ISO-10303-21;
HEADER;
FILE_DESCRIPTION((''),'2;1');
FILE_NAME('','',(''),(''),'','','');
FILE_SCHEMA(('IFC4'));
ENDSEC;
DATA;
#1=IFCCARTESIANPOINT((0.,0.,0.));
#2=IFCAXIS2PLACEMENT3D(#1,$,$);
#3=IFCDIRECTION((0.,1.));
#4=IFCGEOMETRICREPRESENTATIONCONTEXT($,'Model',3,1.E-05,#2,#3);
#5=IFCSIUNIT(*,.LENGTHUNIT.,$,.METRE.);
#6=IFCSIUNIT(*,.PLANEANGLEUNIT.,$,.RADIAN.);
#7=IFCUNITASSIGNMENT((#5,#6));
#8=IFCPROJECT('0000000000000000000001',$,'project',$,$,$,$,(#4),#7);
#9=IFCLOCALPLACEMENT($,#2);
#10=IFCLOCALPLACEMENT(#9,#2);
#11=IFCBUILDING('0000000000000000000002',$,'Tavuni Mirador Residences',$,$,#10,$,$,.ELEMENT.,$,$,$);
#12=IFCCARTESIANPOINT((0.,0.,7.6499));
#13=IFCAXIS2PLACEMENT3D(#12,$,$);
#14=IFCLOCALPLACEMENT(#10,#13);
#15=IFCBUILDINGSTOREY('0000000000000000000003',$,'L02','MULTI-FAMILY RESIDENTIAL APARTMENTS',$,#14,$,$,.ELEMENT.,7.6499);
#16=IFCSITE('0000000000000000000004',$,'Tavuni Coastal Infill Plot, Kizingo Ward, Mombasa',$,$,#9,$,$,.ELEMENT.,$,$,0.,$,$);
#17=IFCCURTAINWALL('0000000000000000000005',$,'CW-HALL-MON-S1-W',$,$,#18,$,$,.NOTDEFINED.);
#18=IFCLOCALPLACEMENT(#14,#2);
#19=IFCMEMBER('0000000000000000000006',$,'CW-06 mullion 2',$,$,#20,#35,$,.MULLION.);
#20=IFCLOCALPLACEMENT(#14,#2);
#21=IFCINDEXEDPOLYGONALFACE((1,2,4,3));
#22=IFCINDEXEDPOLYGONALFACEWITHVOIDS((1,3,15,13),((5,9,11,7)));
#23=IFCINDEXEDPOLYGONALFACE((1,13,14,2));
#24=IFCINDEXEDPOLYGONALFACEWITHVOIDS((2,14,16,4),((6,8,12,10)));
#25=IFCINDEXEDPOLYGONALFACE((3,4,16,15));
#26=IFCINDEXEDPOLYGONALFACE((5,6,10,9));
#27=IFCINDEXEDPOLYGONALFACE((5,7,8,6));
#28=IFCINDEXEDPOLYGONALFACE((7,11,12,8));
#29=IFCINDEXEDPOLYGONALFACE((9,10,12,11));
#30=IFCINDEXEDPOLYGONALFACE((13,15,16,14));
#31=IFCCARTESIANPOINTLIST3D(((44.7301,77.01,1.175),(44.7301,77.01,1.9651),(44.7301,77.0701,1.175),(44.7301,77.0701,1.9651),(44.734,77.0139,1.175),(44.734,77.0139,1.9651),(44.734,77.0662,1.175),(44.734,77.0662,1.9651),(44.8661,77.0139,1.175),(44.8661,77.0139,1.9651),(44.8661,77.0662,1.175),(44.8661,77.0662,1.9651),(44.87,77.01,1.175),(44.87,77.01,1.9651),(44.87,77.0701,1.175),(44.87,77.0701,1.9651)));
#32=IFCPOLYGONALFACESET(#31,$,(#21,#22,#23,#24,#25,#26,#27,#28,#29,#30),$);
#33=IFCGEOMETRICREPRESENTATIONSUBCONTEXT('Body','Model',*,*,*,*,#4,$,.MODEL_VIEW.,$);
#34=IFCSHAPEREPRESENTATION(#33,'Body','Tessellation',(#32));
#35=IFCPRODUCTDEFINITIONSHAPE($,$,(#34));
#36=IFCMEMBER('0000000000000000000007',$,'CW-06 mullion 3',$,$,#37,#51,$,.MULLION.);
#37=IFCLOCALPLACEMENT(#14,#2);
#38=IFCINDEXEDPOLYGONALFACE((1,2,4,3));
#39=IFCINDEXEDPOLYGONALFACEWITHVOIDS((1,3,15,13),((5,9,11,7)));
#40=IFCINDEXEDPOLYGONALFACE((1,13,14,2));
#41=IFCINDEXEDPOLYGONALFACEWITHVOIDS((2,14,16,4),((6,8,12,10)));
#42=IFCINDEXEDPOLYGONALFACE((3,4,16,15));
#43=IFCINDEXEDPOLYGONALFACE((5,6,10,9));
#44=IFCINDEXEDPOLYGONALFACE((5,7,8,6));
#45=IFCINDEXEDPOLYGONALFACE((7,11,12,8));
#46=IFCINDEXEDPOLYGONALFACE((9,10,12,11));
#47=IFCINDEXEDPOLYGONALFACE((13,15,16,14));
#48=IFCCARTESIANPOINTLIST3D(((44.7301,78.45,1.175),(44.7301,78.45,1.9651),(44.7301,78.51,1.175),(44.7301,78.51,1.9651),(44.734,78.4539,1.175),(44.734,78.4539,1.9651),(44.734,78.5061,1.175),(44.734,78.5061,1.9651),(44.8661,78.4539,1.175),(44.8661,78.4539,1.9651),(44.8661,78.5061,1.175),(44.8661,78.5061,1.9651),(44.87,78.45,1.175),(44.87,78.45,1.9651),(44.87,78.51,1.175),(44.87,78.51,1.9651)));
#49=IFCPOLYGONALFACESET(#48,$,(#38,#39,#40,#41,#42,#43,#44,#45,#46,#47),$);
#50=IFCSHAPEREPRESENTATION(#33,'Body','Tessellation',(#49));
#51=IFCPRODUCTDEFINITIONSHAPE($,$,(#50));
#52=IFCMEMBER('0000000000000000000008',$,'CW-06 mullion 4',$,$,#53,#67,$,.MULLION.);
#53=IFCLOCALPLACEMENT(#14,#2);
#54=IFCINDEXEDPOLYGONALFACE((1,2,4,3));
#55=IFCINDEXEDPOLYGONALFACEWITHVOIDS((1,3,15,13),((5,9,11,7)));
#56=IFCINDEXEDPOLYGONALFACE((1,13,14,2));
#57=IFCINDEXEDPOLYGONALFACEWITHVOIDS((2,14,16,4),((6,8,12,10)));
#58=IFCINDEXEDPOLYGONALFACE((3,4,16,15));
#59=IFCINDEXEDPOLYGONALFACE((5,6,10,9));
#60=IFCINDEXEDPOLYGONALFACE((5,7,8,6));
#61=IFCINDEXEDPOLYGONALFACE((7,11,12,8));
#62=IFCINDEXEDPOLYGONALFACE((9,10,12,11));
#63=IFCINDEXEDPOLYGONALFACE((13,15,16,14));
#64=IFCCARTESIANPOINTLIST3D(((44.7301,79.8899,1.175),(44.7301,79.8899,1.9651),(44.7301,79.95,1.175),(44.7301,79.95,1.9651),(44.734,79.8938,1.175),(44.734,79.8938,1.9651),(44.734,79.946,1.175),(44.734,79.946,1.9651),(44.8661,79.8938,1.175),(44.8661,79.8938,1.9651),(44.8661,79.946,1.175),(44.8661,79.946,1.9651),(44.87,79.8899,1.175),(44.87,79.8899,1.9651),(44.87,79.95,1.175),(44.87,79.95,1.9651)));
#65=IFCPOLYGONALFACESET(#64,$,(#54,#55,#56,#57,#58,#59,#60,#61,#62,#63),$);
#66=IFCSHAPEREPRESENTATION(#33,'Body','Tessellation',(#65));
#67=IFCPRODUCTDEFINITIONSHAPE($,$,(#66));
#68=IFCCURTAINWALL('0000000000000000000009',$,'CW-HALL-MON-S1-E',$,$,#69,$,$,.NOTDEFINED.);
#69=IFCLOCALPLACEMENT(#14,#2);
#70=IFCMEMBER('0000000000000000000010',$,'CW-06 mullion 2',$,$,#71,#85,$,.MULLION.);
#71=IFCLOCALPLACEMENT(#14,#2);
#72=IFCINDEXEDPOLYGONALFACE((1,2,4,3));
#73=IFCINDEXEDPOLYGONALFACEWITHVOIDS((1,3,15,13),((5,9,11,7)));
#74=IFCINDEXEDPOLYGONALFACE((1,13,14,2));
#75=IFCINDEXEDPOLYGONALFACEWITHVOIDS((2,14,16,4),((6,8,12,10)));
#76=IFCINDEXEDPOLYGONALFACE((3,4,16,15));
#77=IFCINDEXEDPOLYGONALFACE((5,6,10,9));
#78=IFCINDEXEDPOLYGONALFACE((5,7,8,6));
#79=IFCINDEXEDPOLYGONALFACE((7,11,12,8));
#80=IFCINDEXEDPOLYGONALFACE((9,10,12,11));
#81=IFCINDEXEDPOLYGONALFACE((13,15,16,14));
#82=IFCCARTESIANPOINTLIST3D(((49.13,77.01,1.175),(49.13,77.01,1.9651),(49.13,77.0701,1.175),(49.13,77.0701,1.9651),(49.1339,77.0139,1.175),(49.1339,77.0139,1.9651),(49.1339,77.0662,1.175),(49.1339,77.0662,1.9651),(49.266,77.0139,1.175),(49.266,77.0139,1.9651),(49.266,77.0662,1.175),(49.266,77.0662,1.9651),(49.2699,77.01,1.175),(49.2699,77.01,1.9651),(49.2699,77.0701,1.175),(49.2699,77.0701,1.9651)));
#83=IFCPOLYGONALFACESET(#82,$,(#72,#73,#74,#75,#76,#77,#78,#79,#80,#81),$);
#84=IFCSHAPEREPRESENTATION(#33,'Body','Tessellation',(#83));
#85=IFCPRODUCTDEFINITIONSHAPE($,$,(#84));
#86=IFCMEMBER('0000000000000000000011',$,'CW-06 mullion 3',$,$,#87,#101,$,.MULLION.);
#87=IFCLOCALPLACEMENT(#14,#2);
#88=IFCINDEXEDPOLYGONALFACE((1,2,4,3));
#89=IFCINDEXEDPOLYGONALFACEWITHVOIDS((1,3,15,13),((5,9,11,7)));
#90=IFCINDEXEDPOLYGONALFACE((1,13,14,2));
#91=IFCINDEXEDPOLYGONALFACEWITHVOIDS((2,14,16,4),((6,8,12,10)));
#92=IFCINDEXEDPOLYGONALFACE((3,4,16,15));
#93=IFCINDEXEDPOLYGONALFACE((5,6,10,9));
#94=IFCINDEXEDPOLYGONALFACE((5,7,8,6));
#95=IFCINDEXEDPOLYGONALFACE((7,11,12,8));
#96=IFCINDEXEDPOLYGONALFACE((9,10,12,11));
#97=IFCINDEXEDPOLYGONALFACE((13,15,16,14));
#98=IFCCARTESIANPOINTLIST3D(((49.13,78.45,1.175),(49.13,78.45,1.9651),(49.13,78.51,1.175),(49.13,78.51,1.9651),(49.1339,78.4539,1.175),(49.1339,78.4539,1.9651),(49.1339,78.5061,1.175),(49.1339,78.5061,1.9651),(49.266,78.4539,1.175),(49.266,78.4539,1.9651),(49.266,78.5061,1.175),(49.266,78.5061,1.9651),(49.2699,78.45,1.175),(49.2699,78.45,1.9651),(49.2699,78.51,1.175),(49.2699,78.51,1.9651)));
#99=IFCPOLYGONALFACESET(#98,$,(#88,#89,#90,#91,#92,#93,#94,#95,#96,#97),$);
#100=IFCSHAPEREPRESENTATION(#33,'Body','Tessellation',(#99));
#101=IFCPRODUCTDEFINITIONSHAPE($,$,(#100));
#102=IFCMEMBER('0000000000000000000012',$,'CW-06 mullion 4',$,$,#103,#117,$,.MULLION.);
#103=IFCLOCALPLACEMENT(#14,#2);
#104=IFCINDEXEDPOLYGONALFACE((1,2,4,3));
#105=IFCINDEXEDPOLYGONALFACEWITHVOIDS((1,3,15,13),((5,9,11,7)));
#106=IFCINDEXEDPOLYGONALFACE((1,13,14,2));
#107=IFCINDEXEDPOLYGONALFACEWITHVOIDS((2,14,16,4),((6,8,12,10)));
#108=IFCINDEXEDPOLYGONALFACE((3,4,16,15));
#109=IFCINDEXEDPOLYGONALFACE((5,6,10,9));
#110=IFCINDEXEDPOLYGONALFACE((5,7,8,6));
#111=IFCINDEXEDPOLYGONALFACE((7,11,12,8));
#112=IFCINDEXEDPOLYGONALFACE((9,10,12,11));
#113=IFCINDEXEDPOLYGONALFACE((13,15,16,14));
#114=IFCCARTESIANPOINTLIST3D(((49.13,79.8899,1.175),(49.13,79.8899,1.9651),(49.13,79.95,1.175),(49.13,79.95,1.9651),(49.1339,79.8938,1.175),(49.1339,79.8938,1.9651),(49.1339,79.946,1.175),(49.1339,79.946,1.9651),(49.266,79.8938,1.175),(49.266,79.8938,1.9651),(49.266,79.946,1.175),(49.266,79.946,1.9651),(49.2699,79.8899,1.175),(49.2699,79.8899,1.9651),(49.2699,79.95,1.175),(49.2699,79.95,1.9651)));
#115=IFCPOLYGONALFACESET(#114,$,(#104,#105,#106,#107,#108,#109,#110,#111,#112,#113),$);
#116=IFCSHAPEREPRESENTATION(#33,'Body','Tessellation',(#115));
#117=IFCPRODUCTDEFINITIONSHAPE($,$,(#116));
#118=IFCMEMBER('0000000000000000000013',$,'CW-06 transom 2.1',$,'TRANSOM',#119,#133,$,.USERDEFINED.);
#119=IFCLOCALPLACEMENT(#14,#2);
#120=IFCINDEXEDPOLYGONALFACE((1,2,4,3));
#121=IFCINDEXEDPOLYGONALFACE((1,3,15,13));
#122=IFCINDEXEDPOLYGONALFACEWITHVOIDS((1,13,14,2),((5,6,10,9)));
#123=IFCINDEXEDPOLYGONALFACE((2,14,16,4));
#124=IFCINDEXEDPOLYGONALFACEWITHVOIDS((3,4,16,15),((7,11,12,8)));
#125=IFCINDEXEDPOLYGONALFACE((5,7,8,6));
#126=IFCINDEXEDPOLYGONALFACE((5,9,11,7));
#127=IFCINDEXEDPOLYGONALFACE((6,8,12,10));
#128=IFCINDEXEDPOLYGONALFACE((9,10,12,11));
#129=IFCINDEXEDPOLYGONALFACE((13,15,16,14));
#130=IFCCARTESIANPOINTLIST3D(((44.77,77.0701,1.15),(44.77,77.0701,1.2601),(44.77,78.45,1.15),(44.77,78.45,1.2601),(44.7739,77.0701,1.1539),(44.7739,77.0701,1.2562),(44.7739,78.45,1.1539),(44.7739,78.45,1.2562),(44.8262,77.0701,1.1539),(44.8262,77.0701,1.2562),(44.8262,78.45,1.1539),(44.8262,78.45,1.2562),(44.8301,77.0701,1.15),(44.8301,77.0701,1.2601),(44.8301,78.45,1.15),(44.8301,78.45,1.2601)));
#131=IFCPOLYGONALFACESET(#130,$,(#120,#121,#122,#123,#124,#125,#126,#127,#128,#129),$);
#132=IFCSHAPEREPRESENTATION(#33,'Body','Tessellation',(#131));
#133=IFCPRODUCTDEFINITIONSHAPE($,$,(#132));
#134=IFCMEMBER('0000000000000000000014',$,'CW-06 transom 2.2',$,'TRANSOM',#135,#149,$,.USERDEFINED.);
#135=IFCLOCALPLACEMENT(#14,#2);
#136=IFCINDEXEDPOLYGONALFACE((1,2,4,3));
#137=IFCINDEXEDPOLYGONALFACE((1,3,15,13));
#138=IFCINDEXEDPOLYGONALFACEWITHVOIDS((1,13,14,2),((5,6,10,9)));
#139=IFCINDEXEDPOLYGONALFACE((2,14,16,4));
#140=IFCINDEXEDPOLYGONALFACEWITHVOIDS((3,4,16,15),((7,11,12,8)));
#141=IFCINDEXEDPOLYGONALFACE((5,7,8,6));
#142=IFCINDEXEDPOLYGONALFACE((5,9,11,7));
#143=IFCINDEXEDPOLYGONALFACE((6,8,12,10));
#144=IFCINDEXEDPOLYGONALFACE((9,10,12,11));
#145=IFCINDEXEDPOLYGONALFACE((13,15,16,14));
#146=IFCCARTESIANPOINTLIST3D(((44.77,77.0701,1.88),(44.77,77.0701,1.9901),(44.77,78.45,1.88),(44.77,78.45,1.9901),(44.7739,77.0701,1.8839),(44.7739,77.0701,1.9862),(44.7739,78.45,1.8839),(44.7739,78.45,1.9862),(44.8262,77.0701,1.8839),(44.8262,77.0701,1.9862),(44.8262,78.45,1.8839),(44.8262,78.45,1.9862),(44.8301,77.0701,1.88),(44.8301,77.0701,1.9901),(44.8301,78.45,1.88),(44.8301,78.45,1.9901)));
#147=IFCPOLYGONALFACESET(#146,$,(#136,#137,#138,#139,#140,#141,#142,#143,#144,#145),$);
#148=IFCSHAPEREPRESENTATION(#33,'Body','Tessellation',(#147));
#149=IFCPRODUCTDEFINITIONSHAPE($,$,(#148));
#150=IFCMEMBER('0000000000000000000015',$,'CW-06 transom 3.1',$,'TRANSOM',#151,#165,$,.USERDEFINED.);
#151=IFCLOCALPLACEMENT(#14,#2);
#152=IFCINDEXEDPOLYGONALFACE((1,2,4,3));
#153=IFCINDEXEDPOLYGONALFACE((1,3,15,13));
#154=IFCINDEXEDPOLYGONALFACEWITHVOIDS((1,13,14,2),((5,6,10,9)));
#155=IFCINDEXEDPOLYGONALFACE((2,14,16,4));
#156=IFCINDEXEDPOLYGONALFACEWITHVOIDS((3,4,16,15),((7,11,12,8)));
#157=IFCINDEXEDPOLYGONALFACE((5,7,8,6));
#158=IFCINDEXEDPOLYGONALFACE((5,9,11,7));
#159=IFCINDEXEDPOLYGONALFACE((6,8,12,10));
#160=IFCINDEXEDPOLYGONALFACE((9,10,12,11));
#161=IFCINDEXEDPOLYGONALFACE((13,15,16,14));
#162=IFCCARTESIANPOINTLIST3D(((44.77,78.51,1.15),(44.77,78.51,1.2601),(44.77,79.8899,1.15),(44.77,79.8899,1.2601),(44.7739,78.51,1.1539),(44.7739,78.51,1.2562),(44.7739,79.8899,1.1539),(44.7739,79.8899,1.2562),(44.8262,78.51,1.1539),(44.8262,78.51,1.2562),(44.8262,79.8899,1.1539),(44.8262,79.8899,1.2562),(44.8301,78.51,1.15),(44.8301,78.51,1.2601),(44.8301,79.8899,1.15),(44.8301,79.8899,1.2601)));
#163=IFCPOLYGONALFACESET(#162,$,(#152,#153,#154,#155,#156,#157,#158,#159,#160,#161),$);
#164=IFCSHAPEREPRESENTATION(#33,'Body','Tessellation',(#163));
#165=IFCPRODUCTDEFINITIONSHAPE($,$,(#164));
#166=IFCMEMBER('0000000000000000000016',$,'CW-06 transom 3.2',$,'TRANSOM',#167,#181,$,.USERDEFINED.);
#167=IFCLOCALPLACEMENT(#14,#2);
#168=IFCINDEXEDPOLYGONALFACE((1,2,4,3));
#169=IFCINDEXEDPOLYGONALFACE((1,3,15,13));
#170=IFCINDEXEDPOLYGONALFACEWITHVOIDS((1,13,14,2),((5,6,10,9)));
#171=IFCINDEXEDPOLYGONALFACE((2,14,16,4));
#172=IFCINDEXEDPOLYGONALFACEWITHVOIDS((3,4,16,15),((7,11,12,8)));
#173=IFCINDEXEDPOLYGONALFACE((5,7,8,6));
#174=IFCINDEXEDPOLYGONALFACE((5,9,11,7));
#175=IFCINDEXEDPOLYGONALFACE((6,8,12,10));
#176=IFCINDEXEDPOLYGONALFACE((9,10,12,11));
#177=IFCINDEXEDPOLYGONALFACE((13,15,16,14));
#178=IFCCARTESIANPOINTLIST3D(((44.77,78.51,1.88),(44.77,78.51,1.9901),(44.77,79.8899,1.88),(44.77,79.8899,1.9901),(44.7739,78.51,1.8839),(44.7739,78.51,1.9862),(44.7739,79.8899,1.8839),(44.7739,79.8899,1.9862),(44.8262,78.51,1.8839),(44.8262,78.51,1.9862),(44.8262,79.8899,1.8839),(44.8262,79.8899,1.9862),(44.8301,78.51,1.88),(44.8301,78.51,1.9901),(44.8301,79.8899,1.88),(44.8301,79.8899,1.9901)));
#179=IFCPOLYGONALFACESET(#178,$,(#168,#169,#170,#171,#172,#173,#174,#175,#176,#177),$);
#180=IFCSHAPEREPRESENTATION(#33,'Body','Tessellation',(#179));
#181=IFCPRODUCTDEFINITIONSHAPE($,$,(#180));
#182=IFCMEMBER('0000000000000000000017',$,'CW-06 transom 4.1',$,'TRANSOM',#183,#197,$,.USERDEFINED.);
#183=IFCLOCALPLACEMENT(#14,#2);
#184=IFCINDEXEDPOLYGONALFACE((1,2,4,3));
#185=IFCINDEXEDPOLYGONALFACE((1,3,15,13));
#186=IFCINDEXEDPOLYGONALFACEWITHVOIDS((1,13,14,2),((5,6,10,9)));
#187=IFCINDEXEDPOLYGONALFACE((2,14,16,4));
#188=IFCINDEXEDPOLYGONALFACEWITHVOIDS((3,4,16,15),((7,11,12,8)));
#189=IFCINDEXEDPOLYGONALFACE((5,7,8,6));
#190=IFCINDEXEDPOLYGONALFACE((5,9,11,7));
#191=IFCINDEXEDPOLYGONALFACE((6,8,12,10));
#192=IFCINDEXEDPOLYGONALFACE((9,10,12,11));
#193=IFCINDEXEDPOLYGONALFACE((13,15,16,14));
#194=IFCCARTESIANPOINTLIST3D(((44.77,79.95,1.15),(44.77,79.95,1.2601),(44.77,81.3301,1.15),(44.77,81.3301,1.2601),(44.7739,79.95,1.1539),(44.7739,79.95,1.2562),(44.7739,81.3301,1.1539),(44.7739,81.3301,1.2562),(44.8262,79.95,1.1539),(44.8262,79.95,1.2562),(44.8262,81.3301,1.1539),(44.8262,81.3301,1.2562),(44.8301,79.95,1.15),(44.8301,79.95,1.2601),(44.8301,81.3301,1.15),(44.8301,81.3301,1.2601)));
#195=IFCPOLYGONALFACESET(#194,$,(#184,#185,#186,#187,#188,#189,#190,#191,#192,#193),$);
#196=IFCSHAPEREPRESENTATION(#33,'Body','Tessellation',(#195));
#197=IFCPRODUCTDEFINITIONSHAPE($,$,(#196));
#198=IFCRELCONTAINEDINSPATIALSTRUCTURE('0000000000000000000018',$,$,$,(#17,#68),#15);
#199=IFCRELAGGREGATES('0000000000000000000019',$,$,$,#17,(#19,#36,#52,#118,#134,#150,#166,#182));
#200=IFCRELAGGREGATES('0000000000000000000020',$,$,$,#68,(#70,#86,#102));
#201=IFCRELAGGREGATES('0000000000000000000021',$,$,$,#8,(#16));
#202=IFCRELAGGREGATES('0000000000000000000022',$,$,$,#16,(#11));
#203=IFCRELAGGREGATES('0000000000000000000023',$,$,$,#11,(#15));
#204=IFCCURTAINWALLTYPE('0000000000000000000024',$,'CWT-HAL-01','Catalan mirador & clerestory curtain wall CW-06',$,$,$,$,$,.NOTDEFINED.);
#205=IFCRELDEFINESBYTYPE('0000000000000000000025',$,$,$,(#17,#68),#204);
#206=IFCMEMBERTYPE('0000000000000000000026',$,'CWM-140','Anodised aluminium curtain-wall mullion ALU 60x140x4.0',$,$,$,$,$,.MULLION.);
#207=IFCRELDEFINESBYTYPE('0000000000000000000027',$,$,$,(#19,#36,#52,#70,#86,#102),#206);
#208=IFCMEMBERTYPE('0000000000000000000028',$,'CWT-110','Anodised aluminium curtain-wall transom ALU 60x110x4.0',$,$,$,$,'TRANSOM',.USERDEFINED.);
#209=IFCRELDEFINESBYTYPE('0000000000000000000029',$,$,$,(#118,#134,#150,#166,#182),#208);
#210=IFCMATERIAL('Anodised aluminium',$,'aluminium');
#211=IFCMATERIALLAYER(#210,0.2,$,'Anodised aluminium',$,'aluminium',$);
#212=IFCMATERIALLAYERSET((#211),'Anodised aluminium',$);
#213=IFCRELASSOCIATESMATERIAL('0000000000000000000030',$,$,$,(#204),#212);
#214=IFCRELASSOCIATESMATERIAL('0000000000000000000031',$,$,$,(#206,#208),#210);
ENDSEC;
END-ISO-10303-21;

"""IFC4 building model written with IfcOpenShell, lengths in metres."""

from ifc_helpers import new_model, si_unit, direction, frame, origin, origin_2d, place, context, subcontext, project, spatial, hollow_rectangle, extrude, material, layer, layer_set, material_profile, profile_set, type_object, element, aggregate, save


model = new_model("IFC4")

# Units and contexts
model_context = context("Model", 3, precision=1e-05, world=origin(), true_north=direction((0.0, 1.0)))
body_context = subcontext(model_context, "Body", "Model", "MODEL_VIEW")
ifc_project = project(units=[si_unit("LENGTHUNIT", "METRE"), si_unit("PLANEANGLEUNIT", "RADIAN")], contexts=[model_context])

# Site, building, storey
site_placement = place(None, origin())
site = spatial("IfcSite", under=ifc_project, at=site_placement, Name="Tavuni Coastal Infill Plot, Kizingo Ward, Mombasa", CompositionType="ELEMENT", RefElevation=0.0)
building_placement = place(site_placement, origin())
building = spatial("IfcBuilding", under=site, at=building_placement, Name="Tavuni Mirador Residences", CompositionType="ELEMENT")
storey_placement = place(building_placement, frame((0.0, 0.0, 7.6499)))
storey = spatial("IfcBuildingStorey", under=building, at=storey_placement, Name="L02", Description="MULTI-FAMILY RESIDENTIAL APARTMENTS", CompositionType="ELEMENT", Elevation=7.6499)

# Curtain walls, members
ifc_material_1 = material(Name="Anodised aluminium", Category="aluminium")
ifc_layer_1 = layer(ifc_material_1, 0.2, Name="Anodised aluminium", Category="aluminium")
ifc_layer_set_1 = layer_set([ifc_layer_1], Name="Anodised aluminium")
curtain_wall_type = type_object("IfcCurtainWallType", Name="CWT-HAL-01", Description="Catalan mirador & clerestory curtain wall CW-06", PredefinedType="NOTDEFINED", material=ifc_layer_set_1)
curtain_wall_1_placement = place(storey_placement, origin())
curtain_wall_1 = element("IfcCurtainWall", 1, at=curtain_wall_1_placement, inside=storey, type_object=curtain_wall_type, Name="CW-HALL-MON-S1-W", PredefinedType="NOTDEFINED")
ifc_material_profile_1 = material_profile(ifc_material_1, hollow_rectangle(XDim=0.0601, YDim=0.1399, WallThickness=0.0039, at=origin_2d()), Name="ALU 60x140x4.0", Category="aluminium")
ifc_profile_set_1 = profile_set([ifc_material_profile_1], Name="Anodised aluminium")
member_type_1 = type_object("IfcMemberType", Name="CWM-140", Description="Anodised aluminium curtain-wall mullion ALU 60x140x4.0", PredefinedType="MULLION", material=ifc_profile_set_1)
member_1_placement = place(storey_placement, frame((44.8, 77.04, 1.175), z_axis=(0.0, 0.0, 1.0), x_axis=(0.0, 1.0, 0.0)))
member_1 = element("IfcMember", 2, at=member_1_placement, type_object=member_type_1, Name="CW-06 mullion 2", PredefinedType="MULLION", context=body_context, shape_type="SweptSolid", body=[
    extrude(hollow_rectangle(XDim=0.0601, YDim=0.1399, WallThickness=0.0039, at=origin_2d()), origin(), (0.0, 0.0, 1.0), 0.79),
])
member_2_placement = place(storey_placement, frame((44.8, 78.48, 1.175), z_axis=(0.0, 0.0, 1.0), x_axis=(0.0, 1.0, 0.0)))
member_2 = element("IfcMember", 3, at=member_2_placement, type_object=member_type_1, Name="CW-06 mullion 3", PredefinedType="MULLION", context=body_context, shape_type="SweptSolid", body=[
    extrude(hollow_rectangle(XDim=0.0601, YDim=0.1399, WallThickness=0.0039, at=origin_2d()), origin(), (0.0, 0.0, 1.0), 0.79),
])
member_3_placement = place(storey_placement, frame((44.8, 79.9199, 1.175), z_axis=(0.0, 0.0, 1.0), x_axis=(0.0, 1.0, 0.0)))
member_3 = element("IfcMember", 4, at=member_3_placement, type_object=member_type_1, Name="CW-06 mullion 4", PredefinedType="MULLION", context=body_context, shape_type="SweptSolid", body=[
    extrude(hollow_rectangle(XDim=0.0601, YDim=0.1399, WallThickness=0.0039, at=origin_2d()), origin(), (0.0, 0.0, 1.0), 0.79),
])
curtain_wall_2_placement = place(storey_placement, origin())
curtain_wall_2 = element("IfcCurtainWall", 5, at=curtain_wall_2_placement, inside=storey, type_object=curtain_wall_type, Name="CW-HALL-MON-S1-E", PredefinedType="NOTDEFINED")
member_4_placement = place(storey_placement, frame((49.2, 77.04, 1.175), z_axis=(0.0, 0.0, 1.0), x_axis=(0.0, 1.0, 0.0)))
member_4 = element("IfcMember", 6, at=member_4_placement, type_object=member_type_1, Name="CW-06 mullion 2", PredefinedType="MULLION", context=body_context, shape_type="SweptSolid", body=[
    extrude(hollow_rectangle(XDim=0.0601, YDim=0.1399, WallThickness=0.0039, at=origin_2d()), origin(), (0.0, 0.0, 1.0), 0.79),
])
member_5_placement = place(storey_placement, frame((49.2, 78.48, 1.175), z_axis=(0.0, 0.0, 1.0), x_axis=(0.0, 1.0, 0.0)))
member_5 = element("IfcMember", 7, at=member_5_placement, type_object=member_type_1, Name="CW-06 mullion 3", PredefinedType="MULLION", context=body_context, shape_type="SweptSolid", body=[
    extrude(hollow_rectangle(XDim=0.0601, YDim=0.1399, WallThickness=0.0039, at=origin_2d()), origin(), (0.0, 0.0, 1.0), 0.79),
])
member_6_placement = place(storey_placement, frame((49.2, 79.9199, 1.175), z_axis=(0.0, 0.0, 1.0), x_axis=(0.0, 1.0, 0.0)))
member_6 = element("IfcMember", 8, at=member_6_placement, type_object=member_type_1, Name="CW-06 mullion 4", PredefinedType="MULLION", context=body_context, shape_type="SweptSolid", body=[
    extrude(hollow_rectangle(XDim=0.0601, YDim=0.1399, WallThickness=0.0039, at=origin_2d()), origin(), (0.0, 0.0, 1.0), 0.79),
])

# Members
ifc_material_profile_2 = material_profile(ifc_material_1, hollow_rectangle(XDim=0.0601, YDim=0.1101, WallThickness=0.0039, at=origin_2d()), Name="ALU 60x110x4.0", Category="aluminium")
ifc_profile_set_2 = profile_set([ifc_material_profile_2], Name="Anodised aluminium")
member_type_2 = type_object("IfcMemberType", Name="CWT-110", Description="Anodised aluminium curtain-wall transom ALU 60x110x4.0", ElementType="TRANSOM", PredefinedType="USERDEFINED", material=ifc_profile_set_2)
member_7_placement = place(storey_placement, frame((44.8, 77.0701, 1.2051), z_axis=(0.0, 1.0, 0.0), x_axis=(-1.0, 0.0, 0.0)))
member_7 = element("IfcMember", 9, at=member_7_placement, type_object=member_type_2, Name="CW-06 transom 2.1", ObjectType="TRANSOM", PredefinedType="USERDEFINED", context=body_context, shape_type="SweptSolid", body=[
    extrude(hollow_rectangle(XDim=0.0601, YDim=0.1101, WallThickness=0.0039, at=origin_2d()), origin(), (0.0, 0.0, 1.0), 1.3799),
])
member_8_placement = place(storey_placement, frame((44.8, 77.0701, 1.9351), z_axis=(0.0, 1.0, 0.0), x_axis=(-1.0, 0.0, 0.0)))
member_8 = element("IfcMember", 10, at=member_8_placement, type_object=member_type_2, Name="CW-06 transom 2.2", ObjectType="TRANSOM", PredefinedType="USERDEFINED", context=body_context, shape_type="SweptSolid", body=[
    extrude(hollow_rectangle(XDim=0.0601, YDim=0.1101, WallThickness=0.0039, at=origin_2d()), origin(), (0.0, 0.0, 1.0), 1.3799),
])
member_9_placement = place(storey_placement, frame((44.8, 78.51, 1.2051), z_axis=(0.0, 1.0, 0.0), x_axis=(-1.0, 0.0, 0.0)))
member_9 = element("IfcMember", 11, at=member_9_placement, type_object=member_type_2, Name="CW-06 transom 3.1", ObjectType="TRANSOM", PredefinedType="USERDEFINED", context=body_context, shape_type="SweptSolid", body=[
    extrude(hollow_rectangle(XDim=0.0601, YDim=0.1101, WallThickness=0.0039, at=origin_2d()), origin(), (0.0, 0.0, 1.0), 1.3799),
])
member_10_placement = place(storey_placement, frame((44.8, 78.51, 1.9351), z_axis=(0.0, 1.0, 0.0), x_axis=(-1.0, 0.0, 0.0)))
member_10 = element("IfcMember", 12, at=member_10_placement, type_object=member_type_2, Name="CW-06 transom 3.2", ObjectType="TRANSOM", PredefinedType="USERDEFINED", context=body_context, shape_type="SweptSolid", body=[
    extrude(hollow_rectangle(XDim=0.0601, YDim=0.1101, WallThickness=0.0039, at=origin_2d()), origin(), (0.0, 0.0, 1.0), 1.3799),
])
member_11_placement = place(storey_placement, frame((44.8, 79.95, 1.2051), z_axis=(0.0, 1.0, 0.0), x_axis=(-1.0, 0.0, 0.0)))
member_11 = element("IfcMember", 13, at=member_11_placement, type_object=member_type_2, Name="CW-06 transom 4.1", ObjectType="TRANSOM", PredefinedType="USERDEFINED", context=body_context, shape_type="SweptSolid", body=[
    extrude(hollow_rectangle(XDim=0.0601, YDim=0.1101, WallThickness=0.0039, at=origin_2d()), origin(), (0.0, 0.0, 1.0), 1.3801),
])

aggregate(curtain_wall_1, [member_1, member_2, member_3, member_7, member_8, member_9, member_10, member_11])
aggregate(curtain_wall_2, [member_4, member_5, member_6])

save(model, "model.ifc")
